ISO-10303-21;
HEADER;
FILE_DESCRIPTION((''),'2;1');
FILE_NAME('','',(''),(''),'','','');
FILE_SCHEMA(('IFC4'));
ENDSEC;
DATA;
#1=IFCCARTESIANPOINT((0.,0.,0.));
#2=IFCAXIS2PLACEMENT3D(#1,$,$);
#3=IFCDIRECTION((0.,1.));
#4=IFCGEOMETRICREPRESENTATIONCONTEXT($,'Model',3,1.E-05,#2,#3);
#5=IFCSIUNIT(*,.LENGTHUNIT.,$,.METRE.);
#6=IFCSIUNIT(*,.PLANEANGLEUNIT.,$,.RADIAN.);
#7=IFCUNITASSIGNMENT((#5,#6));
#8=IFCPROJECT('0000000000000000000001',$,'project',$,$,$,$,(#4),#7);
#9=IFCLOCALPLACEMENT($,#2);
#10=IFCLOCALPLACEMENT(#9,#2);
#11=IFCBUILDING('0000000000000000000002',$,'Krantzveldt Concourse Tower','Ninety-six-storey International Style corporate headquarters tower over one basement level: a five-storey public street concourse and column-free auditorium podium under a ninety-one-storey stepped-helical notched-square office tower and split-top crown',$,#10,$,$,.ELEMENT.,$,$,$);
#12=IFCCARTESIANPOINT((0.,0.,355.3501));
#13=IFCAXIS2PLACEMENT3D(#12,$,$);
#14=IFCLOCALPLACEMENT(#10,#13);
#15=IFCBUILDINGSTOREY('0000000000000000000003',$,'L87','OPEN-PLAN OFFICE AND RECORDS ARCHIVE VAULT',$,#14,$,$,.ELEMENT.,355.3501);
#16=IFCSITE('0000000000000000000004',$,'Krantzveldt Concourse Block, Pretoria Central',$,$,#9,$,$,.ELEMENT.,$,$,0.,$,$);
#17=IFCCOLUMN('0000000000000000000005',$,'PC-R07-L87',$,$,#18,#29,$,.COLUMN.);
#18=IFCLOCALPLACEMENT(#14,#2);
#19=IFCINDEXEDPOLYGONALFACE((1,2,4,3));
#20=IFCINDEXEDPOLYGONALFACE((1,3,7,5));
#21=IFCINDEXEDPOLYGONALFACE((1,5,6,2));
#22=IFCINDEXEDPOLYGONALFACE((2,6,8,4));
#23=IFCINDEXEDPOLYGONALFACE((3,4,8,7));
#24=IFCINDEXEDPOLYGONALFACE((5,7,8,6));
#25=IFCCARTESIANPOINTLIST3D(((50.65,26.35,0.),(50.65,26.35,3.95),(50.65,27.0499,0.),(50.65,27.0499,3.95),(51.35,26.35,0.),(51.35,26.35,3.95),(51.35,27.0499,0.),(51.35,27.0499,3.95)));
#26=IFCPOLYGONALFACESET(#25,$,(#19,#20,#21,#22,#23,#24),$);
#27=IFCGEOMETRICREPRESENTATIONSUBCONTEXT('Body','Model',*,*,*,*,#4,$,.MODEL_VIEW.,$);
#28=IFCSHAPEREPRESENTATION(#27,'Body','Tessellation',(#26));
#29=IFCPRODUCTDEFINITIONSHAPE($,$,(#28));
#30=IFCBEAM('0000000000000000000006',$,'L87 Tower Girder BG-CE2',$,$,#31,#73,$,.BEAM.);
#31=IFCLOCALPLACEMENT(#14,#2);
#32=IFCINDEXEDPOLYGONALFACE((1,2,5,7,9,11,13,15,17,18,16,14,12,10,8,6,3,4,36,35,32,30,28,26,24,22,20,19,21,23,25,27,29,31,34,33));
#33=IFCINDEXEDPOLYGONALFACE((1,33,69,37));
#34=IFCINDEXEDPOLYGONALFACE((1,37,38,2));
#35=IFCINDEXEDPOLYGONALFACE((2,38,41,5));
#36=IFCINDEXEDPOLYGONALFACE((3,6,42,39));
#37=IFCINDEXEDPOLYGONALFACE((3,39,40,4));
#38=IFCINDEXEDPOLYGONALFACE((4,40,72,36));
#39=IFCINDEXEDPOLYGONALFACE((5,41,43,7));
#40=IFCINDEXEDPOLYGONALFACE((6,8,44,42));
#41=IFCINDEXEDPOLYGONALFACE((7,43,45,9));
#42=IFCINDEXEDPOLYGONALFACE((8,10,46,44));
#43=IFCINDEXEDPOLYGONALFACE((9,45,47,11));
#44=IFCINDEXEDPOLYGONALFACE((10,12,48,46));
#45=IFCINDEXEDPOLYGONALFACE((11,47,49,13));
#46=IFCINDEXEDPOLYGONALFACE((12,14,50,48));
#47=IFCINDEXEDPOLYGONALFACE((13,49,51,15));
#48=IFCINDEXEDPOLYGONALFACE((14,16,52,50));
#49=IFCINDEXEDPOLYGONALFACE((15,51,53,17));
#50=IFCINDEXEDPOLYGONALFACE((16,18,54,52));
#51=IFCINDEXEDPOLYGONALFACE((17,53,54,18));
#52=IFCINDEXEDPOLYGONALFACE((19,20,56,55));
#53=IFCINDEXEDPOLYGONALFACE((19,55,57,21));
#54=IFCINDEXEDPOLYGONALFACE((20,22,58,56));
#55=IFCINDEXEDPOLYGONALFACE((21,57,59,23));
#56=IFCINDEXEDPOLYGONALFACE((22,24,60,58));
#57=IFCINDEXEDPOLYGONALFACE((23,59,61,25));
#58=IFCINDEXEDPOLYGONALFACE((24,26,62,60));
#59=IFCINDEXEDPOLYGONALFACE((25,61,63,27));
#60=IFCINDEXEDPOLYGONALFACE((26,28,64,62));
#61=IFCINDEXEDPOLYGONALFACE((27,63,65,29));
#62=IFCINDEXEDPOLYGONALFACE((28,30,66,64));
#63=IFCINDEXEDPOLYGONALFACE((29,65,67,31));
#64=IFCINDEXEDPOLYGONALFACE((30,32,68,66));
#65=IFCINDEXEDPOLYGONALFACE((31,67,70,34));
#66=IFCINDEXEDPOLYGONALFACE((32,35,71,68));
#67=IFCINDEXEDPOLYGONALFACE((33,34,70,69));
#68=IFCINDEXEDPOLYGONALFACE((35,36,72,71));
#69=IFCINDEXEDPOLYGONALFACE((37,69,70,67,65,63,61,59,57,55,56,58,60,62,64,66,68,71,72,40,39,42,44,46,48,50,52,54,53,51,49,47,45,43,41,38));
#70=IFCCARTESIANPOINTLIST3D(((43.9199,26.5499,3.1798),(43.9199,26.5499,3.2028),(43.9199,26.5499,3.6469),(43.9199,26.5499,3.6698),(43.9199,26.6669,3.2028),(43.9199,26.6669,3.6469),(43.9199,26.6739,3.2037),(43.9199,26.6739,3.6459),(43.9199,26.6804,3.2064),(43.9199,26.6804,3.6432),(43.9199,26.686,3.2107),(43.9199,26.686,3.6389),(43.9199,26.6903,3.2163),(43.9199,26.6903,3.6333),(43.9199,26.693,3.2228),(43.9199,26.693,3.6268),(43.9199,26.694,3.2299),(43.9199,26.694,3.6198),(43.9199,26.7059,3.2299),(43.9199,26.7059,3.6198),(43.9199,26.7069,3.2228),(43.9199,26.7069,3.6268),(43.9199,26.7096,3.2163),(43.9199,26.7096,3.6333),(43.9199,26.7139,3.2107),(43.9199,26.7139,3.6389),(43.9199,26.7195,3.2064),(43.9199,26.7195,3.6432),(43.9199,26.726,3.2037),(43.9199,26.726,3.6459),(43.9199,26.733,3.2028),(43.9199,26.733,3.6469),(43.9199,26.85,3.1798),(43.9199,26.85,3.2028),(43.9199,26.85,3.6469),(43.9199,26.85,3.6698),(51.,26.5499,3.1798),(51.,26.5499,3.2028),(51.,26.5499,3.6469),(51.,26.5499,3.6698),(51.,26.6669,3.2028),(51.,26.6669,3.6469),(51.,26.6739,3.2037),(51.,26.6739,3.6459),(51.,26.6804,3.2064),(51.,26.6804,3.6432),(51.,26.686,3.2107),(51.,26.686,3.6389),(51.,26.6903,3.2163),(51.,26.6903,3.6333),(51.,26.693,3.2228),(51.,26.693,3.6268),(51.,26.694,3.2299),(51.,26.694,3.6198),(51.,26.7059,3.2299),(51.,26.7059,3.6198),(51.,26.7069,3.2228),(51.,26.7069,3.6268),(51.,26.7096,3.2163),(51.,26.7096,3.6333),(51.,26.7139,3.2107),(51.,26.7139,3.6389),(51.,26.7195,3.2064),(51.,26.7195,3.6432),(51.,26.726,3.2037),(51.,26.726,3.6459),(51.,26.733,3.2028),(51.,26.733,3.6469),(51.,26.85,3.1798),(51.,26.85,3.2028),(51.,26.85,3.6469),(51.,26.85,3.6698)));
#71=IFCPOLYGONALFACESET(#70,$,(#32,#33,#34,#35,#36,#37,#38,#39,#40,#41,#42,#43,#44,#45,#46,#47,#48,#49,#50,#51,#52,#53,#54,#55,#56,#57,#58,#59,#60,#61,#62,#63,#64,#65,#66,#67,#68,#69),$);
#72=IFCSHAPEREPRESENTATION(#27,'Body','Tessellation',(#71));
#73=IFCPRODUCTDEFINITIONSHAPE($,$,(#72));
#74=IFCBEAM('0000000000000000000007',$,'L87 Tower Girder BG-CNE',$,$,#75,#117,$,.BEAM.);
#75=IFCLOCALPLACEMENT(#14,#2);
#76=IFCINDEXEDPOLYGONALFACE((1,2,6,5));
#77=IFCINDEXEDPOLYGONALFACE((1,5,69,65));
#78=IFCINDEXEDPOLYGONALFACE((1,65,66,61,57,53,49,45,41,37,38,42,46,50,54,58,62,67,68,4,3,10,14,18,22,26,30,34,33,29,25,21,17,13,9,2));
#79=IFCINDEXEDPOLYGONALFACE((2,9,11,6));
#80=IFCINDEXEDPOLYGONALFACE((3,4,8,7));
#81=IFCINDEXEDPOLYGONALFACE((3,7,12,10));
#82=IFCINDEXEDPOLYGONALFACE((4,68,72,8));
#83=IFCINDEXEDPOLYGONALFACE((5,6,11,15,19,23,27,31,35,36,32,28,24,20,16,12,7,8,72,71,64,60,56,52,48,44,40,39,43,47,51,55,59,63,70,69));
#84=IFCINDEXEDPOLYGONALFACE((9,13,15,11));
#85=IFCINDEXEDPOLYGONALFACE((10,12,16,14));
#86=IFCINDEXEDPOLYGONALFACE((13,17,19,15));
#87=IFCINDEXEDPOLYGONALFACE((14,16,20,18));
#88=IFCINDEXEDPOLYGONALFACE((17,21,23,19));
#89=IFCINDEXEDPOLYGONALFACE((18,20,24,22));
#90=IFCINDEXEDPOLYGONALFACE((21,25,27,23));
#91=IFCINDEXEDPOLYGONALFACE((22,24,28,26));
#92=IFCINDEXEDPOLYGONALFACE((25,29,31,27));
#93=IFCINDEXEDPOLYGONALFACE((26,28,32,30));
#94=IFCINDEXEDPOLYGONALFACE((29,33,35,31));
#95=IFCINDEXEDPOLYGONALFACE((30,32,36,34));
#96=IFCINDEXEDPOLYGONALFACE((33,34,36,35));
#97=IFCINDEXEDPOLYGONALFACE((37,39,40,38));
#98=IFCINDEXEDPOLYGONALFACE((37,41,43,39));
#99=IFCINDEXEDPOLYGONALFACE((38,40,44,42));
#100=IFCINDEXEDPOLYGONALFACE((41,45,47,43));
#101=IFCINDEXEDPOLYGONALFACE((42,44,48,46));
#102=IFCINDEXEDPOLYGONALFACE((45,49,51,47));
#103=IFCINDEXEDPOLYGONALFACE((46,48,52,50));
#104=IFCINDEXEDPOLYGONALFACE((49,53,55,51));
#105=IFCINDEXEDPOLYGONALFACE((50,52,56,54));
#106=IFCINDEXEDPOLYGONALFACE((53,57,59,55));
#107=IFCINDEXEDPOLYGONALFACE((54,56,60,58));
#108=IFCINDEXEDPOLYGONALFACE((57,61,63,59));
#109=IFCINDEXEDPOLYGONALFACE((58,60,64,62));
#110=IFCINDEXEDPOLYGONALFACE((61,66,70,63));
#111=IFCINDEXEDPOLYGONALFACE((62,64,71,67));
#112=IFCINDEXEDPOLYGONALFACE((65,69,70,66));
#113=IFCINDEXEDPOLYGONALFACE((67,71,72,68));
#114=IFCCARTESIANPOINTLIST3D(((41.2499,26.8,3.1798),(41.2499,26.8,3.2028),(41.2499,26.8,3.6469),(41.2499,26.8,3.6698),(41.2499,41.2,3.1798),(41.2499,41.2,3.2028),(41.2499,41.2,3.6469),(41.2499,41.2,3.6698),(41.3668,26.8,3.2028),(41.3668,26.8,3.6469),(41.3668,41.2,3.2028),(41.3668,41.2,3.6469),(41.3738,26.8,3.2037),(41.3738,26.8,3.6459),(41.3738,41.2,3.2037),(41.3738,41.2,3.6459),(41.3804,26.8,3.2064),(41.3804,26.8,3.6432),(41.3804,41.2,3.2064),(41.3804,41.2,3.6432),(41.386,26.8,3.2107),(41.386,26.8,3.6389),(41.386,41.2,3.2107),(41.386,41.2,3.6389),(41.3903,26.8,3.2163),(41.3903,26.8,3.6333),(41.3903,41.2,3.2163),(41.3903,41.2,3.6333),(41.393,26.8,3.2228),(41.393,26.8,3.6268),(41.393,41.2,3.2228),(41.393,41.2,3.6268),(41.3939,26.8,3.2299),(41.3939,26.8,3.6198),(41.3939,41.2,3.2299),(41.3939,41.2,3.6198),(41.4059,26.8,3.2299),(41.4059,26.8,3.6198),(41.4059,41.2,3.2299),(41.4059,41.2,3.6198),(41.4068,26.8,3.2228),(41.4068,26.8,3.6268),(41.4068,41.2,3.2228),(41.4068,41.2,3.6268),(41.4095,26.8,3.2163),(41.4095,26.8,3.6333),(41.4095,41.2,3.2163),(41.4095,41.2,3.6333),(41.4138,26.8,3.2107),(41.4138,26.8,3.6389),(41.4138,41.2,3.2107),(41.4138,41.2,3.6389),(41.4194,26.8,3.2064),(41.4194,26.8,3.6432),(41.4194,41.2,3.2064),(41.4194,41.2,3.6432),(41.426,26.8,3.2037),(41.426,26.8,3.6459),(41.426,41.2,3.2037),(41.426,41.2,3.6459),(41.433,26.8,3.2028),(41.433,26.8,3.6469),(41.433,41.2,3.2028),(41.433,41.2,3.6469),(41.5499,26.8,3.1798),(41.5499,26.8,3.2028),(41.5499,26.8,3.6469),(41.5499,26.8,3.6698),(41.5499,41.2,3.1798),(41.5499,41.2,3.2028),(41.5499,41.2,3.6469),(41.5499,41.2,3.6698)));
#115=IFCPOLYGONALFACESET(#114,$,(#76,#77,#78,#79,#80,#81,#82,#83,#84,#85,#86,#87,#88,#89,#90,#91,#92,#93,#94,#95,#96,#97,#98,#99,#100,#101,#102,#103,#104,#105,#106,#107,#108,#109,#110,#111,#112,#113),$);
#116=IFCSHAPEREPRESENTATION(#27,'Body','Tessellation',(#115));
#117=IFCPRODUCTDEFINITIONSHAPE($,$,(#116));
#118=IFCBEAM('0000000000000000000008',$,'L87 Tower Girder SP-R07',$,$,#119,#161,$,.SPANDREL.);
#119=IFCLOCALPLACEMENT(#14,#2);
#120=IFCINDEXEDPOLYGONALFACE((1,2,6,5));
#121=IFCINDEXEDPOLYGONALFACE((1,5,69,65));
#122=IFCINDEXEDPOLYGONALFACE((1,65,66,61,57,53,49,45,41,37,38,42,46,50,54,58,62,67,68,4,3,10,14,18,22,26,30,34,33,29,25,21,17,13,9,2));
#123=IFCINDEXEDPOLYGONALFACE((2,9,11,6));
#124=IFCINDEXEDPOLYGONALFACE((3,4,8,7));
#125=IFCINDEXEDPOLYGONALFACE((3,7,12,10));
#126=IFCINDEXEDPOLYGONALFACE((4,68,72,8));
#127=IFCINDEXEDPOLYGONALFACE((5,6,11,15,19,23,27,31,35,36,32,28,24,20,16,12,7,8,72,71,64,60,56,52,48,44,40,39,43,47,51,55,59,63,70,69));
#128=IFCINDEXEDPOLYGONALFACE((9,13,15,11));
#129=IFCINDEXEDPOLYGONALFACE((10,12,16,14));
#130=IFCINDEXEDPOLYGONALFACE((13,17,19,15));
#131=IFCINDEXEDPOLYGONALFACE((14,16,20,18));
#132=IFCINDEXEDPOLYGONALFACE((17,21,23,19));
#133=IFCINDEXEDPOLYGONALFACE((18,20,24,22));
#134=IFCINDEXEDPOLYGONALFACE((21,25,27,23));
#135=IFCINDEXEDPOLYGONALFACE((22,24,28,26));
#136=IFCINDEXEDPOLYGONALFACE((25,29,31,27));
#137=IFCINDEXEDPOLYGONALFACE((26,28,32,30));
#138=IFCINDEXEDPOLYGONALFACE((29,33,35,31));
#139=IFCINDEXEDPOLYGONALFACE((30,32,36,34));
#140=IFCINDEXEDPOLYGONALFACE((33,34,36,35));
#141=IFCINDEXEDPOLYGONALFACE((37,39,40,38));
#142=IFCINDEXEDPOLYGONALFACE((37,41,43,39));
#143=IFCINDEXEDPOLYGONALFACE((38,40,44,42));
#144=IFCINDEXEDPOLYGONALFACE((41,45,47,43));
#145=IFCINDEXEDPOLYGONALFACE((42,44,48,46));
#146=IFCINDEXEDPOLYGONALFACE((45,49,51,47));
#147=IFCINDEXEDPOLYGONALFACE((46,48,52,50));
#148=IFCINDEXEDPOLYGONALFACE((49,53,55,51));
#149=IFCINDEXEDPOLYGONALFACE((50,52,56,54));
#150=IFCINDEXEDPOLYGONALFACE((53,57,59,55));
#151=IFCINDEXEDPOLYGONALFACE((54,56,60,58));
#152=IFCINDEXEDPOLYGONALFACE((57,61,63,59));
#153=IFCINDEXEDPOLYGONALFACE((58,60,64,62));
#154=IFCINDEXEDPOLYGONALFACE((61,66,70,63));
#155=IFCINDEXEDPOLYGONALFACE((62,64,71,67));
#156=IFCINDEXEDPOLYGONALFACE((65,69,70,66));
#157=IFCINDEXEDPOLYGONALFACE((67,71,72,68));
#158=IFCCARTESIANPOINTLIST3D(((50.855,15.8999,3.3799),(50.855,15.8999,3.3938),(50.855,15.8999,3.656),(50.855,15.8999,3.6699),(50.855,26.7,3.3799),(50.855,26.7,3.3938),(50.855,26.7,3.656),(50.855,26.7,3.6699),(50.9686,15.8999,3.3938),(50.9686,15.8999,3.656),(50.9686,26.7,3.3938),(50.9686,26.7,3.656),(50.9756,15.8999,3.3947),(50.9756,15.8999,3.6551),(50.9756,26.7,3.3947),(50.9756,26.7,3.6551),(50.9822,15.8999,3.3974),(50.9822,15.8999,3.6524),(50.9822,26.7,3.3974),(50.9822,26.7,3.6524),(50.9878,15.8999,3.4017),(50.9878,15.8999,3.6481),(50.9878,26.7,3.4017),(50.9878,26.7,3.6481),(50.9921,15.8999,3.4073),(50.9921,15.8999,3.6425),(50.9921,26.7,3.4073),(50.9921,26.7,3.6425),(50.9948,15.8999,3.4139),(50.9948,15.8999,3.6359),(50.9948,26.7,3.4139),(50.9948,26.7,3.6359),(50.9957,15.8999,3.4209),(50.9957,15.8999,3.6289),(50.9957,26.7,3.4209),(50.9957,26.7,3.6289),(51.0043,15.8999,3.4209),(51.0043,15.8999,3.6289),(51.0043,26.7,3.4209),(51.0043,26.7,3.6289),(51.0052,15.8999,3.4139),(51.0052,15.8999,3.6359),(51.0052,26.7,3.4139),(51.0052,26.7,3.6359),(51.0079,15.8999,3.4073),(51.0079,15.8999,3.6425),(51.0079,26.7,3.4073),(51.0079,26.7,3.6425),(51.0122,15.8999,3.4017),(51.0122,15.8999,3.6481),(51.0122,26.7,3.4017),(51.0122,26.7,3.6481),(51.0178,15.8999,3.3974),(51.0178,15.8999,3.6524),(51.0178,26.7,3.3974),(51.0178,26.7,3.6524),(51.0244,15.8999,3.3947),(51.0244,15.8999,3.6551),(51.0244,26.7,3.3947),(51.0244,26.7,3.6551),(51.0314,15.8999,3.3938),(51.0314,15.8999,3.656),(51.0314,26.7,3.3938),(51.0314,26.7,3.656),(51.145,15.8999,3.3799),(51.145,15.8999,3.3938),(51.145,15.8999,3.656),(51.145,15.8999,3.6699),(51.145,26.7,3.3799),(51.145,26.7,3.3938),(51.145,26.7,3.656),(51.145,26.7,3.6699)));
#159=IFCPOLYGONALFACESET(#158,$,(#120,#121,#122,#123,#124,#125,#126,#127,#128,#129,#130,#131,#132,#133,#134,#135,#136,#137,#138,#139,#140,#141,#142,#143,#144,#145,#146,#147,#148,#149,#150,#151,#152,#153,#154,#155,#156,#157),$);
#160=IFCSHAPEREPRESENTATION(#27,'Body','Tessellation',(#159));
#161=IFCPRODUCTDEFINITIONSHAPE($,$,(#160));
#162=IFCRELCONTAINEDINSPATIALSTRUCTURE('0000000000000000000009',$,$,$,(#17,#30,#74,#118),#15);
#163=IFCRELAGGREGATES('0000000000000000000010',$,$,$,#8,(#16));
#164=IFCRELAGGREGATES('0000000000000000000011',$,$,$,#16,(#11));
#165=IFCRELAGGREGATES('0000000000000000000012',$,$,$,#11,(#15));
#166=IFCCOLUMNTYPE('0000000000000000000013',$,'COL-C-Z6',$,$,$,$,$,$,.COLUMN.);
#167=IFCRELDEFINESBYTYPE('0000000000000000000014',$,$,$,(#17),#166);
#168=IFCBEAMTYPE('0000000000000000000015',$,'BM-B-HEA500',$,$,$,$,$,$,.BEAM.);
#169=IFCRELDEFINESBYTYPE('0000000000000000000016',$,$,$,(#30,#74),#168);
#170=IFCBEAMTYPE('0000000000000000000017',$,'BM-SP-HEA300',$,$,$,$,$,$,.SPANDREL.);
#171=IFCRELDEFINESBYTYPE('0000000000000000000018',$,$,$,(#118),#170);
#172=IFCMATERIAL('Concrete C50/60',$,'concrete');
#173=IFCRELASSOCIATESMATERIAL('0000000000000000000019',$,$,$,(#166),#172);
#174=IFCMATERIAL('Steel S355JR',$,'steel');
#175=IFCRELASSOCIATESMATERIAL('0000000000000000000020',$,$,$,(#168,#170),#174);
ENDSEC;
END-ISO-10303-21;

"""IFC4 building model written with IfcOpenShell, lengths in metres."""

from ifc_helpers import new_model, si_unit, direction, frame, origin, origin_2d, place, context, subcontext, project, spatial, rectangle, i_section, extrude, source, transform, mapped, material, material_profile, profile_set, type_object, type_shapes, element, save


model = new_model("IFC4")

# Units and contexts
model_context = context("Model", 3, precision=1e-05, world=origin(), true_north=direction((0.0, 1.0)))
body_context = subcontext(model_context, "Body", "Model", "MODEL_VIEW")
ifc_project = project(units=[si_unit("LENGTHUNIT", "METRE"), si_unit("PLANEANGLEUNIT", "RADIAN")], contexts=[model_context])

# Site, building, storey
site_placement = place(None, origin())
site = spatial("IfcSite", under=ifc_project, at=site_placement, Name="Krantzveldt Concourse Block, Pretoria Central", CompositionType="ELEMENT", RefElevation=0.0)
building_placement = place(site_placement, origin())
building = spatial("IfcBuilding", under=site, at=building_placement, Name="Krantzveldt Concourse Tower", Description="Ninety-six-storey International Style corporate headquarters tower over one basement level: a five-storey public street concourse and column-free auditorium podium under a ninety-one-storey stepped-helical notched-square office tower and split-top crown", CompositionType="ELEMENT")
storey_placement = place(building_placement, frame((0.0, 0.0, 355.3501)))
storey = spatial("IfcBuildingStorey", under=building, at=storey_placement, Name="L87", Description="OPEN-PLAN OFFICE AND RECORDS ARCHIVE VAULT", CompositionType="ELEMENT", Elevation=355.3501)

# Column
ifc_material_1 = material(Name="Concrete C50/60", Category="concrete")
ifc_material_profile_1 = material_profile(ifc_material_1, rectangle(XDim=0.7, YDim=0.7, at=origin_2d()), Name="Concrete C50/60", Category="concrete")
ifc_profile_set_1 = profile_set([ifc_material_profile_1], Name="Concrete C50/60 - RC 700x700")
column_type = type_object("IfcColumnType", Name="COL-C-Z6", PredefinedType="COLUMN", material=ifc_profile_set_1)
shared_shape_1 = source(origin(), body_context, "Body", "SweptSolid", [
    extrude(rectangle(XDim=0.7, YDim=0.7, at=origin_2d()), origin(), (0.0, 0.0, 1.0), 3.95),
])
type_shapes(column_type, [shared_shape_1])
column_placement = place(storey_placement, frame((51.0, 26.7, 0.0), z_axis=(0.0, 0.0, 1.0), x_axis=(1.0, 0.0, 0.0)))
element("IfcColumn", 1, at=column_placement, inside=storey, type_object=column_type, Name="PC-R07-L87", PredefinedType="COLUMN", context=body_context, shape_type="MappedRepresentation", body=[
    mapped(shared_shape_1, transform((0.0, 0.0, 0.0), x_axis=(1.0, 0.0, 0.0), y_axis=(0.0, 1.0, 0.0), z_axis=(0.0, 0.0, 1.0), scale=1.0)),
])

# Beams
ifc_material_2 = material(Name="Steel S355JR", Category="steel")
ifc_material_profile_2 = material_profile(ifc_material_2, i_section(OverallWidth=0.3, OverallDepth=0.49, WebThickness=0.012, FlangeThickness=0.0229, FilletRadius=0.0271, at=origin_2d()), Name="Steel S355JR", Category="steel")
ifc_profile_set_2 = profile_set([ifc_material_profile_2], Name="Steel S355JR - HEA 500")
beam_type_1 = type_object("IfcBeamType", Name="BM-B-HEA500", PredefinedType="BEAM", material=ifc_profile_set_2)
shared_shape_2 = source(origin(), body_context, "Body", "SweptSolid", [
    extrude(i_section(OverallWidth=0.3, OverallDepth=0.49, WebThickness=0.012, FlangeThickness=0.0229, FilletRadius=0.0271, at=origin_2d()), origin(), (0.0, 0.0, 1.0), 7.0801),
])
beam_1_placement = place(storey_placement, frame((43.9199, 26.7, 3.4248), z_axis=(1.0, 0.0, 0.0), x_axis=(0.0, 1.0, 0.0)))
element("IfcBeam", 2, at=beam_1_placement, inside=storey, type_object=beam_type_1, Name="L87 Tower Girder BG-CE2", PredefinedType="BEAM", context=body_context, shape_type="MappedRepresentation", body=[
    mapped(shared_shape_2, transform((0.0, 0.0, 0.0), x_axis=(1.0, 0.0, 0.0), y_axis=(0.0, 1.0, 0.0), z_axis=(0.0, 0.0, 1.0), scale=1.0)),
])
shared_shape_3 = source(origin(), body_context, "Body", "SweptSolid", [
    extrude(i_section(OverallWidth=0.3, OverallDepth=0.49, WebThickness=0.012, FlangeThickness=0.0229, FilletRadius=0.0271, at=origin_2d()), origin(), (0.0, 0.0, 1.0), 14.3999),
])
type_shapes(beam_type_1, [shared_shape_2, shared_shape_3])
beam_2_placement = place(storey_placement, frame((41.3999, 26.8, 3.4248), z_axis=(0.0, 1.0, 0.0), x_axis=(-1.0, 0.0, 0.0)))
element("IfcBeam", 3, at=beam_2_placement, inside=storey, type_object=beam_type_1, Name="L87 Tower Girder BG-CNE", PredefinedType="BEAM", context=body_context, shape_type="MappedRepresentation", body=[
    mapped(shared_shape_3, transform((0.0, 0.0, 0.0), x_axis=(1.0, 0.0, 0.0), y_axis=(0.0, 1.0, 0.0), z_axis=(0.0, 0.0, 1.0), scale=1.0)),
])
ifc_material_profile_3 = material_profile(ifc_material_2, i_section(OverallWidth=0.29, OverallDepth=0.29, WebThickness=0.0085, FlangeThickness=0.0139, FilletRadius=0.0271, at=origin_2d()), Name="Steel S355JR", Category="steel")
ifc_profile_set_3 = profile_set([ifc_material_profile_3], Name="Steel S355JR - HEA 300")
beam_type_2 = type_object("IfcBeamType", Name="BM-SP-HEA300", PredefinedType="SPANDREL", material=ifc_profile_set_3)
shared_shape_4 = source(origin(), body_context, "Body", "SweptSolid", [
    extrude(i_section(OverallWidth=0.29, OverallDepth=0.29, WebThickness=0.0085, FlangeThickness=0.0139, FilletRadius=0.0271, at=origin_2d()), origin(), (0.0, 0.0, 1.0), 10.8),
])
type_shapes(beam_type_2, [shared_shape_4])
beam_3_placement = place(storey_placement, frame((51.0, 26.7, 3.5249), z_axis=(0.0, -1.0, 0.0), x_axis=(1.0, 0.0, 0.0)))
element("IfcBeam", 4, at=beam_3_placement, inside=storey, type_object=beam_type_2, Name="L87 Tower Girder SP-R07", PredefinedType="SPANDREL", context=body_context, shape_type="MappedRepresentation", body=[
    mapped(shared_shape_4, transform((0.0, 0.0, 0.0), x_axis=(1.0, 0.0, 0.0), y_axis=(0.0, 1.0, 0.0), z_axis=(0.0, 0.0, 1.0), scale=1.0)),
])

save(model, "model.ifc")
